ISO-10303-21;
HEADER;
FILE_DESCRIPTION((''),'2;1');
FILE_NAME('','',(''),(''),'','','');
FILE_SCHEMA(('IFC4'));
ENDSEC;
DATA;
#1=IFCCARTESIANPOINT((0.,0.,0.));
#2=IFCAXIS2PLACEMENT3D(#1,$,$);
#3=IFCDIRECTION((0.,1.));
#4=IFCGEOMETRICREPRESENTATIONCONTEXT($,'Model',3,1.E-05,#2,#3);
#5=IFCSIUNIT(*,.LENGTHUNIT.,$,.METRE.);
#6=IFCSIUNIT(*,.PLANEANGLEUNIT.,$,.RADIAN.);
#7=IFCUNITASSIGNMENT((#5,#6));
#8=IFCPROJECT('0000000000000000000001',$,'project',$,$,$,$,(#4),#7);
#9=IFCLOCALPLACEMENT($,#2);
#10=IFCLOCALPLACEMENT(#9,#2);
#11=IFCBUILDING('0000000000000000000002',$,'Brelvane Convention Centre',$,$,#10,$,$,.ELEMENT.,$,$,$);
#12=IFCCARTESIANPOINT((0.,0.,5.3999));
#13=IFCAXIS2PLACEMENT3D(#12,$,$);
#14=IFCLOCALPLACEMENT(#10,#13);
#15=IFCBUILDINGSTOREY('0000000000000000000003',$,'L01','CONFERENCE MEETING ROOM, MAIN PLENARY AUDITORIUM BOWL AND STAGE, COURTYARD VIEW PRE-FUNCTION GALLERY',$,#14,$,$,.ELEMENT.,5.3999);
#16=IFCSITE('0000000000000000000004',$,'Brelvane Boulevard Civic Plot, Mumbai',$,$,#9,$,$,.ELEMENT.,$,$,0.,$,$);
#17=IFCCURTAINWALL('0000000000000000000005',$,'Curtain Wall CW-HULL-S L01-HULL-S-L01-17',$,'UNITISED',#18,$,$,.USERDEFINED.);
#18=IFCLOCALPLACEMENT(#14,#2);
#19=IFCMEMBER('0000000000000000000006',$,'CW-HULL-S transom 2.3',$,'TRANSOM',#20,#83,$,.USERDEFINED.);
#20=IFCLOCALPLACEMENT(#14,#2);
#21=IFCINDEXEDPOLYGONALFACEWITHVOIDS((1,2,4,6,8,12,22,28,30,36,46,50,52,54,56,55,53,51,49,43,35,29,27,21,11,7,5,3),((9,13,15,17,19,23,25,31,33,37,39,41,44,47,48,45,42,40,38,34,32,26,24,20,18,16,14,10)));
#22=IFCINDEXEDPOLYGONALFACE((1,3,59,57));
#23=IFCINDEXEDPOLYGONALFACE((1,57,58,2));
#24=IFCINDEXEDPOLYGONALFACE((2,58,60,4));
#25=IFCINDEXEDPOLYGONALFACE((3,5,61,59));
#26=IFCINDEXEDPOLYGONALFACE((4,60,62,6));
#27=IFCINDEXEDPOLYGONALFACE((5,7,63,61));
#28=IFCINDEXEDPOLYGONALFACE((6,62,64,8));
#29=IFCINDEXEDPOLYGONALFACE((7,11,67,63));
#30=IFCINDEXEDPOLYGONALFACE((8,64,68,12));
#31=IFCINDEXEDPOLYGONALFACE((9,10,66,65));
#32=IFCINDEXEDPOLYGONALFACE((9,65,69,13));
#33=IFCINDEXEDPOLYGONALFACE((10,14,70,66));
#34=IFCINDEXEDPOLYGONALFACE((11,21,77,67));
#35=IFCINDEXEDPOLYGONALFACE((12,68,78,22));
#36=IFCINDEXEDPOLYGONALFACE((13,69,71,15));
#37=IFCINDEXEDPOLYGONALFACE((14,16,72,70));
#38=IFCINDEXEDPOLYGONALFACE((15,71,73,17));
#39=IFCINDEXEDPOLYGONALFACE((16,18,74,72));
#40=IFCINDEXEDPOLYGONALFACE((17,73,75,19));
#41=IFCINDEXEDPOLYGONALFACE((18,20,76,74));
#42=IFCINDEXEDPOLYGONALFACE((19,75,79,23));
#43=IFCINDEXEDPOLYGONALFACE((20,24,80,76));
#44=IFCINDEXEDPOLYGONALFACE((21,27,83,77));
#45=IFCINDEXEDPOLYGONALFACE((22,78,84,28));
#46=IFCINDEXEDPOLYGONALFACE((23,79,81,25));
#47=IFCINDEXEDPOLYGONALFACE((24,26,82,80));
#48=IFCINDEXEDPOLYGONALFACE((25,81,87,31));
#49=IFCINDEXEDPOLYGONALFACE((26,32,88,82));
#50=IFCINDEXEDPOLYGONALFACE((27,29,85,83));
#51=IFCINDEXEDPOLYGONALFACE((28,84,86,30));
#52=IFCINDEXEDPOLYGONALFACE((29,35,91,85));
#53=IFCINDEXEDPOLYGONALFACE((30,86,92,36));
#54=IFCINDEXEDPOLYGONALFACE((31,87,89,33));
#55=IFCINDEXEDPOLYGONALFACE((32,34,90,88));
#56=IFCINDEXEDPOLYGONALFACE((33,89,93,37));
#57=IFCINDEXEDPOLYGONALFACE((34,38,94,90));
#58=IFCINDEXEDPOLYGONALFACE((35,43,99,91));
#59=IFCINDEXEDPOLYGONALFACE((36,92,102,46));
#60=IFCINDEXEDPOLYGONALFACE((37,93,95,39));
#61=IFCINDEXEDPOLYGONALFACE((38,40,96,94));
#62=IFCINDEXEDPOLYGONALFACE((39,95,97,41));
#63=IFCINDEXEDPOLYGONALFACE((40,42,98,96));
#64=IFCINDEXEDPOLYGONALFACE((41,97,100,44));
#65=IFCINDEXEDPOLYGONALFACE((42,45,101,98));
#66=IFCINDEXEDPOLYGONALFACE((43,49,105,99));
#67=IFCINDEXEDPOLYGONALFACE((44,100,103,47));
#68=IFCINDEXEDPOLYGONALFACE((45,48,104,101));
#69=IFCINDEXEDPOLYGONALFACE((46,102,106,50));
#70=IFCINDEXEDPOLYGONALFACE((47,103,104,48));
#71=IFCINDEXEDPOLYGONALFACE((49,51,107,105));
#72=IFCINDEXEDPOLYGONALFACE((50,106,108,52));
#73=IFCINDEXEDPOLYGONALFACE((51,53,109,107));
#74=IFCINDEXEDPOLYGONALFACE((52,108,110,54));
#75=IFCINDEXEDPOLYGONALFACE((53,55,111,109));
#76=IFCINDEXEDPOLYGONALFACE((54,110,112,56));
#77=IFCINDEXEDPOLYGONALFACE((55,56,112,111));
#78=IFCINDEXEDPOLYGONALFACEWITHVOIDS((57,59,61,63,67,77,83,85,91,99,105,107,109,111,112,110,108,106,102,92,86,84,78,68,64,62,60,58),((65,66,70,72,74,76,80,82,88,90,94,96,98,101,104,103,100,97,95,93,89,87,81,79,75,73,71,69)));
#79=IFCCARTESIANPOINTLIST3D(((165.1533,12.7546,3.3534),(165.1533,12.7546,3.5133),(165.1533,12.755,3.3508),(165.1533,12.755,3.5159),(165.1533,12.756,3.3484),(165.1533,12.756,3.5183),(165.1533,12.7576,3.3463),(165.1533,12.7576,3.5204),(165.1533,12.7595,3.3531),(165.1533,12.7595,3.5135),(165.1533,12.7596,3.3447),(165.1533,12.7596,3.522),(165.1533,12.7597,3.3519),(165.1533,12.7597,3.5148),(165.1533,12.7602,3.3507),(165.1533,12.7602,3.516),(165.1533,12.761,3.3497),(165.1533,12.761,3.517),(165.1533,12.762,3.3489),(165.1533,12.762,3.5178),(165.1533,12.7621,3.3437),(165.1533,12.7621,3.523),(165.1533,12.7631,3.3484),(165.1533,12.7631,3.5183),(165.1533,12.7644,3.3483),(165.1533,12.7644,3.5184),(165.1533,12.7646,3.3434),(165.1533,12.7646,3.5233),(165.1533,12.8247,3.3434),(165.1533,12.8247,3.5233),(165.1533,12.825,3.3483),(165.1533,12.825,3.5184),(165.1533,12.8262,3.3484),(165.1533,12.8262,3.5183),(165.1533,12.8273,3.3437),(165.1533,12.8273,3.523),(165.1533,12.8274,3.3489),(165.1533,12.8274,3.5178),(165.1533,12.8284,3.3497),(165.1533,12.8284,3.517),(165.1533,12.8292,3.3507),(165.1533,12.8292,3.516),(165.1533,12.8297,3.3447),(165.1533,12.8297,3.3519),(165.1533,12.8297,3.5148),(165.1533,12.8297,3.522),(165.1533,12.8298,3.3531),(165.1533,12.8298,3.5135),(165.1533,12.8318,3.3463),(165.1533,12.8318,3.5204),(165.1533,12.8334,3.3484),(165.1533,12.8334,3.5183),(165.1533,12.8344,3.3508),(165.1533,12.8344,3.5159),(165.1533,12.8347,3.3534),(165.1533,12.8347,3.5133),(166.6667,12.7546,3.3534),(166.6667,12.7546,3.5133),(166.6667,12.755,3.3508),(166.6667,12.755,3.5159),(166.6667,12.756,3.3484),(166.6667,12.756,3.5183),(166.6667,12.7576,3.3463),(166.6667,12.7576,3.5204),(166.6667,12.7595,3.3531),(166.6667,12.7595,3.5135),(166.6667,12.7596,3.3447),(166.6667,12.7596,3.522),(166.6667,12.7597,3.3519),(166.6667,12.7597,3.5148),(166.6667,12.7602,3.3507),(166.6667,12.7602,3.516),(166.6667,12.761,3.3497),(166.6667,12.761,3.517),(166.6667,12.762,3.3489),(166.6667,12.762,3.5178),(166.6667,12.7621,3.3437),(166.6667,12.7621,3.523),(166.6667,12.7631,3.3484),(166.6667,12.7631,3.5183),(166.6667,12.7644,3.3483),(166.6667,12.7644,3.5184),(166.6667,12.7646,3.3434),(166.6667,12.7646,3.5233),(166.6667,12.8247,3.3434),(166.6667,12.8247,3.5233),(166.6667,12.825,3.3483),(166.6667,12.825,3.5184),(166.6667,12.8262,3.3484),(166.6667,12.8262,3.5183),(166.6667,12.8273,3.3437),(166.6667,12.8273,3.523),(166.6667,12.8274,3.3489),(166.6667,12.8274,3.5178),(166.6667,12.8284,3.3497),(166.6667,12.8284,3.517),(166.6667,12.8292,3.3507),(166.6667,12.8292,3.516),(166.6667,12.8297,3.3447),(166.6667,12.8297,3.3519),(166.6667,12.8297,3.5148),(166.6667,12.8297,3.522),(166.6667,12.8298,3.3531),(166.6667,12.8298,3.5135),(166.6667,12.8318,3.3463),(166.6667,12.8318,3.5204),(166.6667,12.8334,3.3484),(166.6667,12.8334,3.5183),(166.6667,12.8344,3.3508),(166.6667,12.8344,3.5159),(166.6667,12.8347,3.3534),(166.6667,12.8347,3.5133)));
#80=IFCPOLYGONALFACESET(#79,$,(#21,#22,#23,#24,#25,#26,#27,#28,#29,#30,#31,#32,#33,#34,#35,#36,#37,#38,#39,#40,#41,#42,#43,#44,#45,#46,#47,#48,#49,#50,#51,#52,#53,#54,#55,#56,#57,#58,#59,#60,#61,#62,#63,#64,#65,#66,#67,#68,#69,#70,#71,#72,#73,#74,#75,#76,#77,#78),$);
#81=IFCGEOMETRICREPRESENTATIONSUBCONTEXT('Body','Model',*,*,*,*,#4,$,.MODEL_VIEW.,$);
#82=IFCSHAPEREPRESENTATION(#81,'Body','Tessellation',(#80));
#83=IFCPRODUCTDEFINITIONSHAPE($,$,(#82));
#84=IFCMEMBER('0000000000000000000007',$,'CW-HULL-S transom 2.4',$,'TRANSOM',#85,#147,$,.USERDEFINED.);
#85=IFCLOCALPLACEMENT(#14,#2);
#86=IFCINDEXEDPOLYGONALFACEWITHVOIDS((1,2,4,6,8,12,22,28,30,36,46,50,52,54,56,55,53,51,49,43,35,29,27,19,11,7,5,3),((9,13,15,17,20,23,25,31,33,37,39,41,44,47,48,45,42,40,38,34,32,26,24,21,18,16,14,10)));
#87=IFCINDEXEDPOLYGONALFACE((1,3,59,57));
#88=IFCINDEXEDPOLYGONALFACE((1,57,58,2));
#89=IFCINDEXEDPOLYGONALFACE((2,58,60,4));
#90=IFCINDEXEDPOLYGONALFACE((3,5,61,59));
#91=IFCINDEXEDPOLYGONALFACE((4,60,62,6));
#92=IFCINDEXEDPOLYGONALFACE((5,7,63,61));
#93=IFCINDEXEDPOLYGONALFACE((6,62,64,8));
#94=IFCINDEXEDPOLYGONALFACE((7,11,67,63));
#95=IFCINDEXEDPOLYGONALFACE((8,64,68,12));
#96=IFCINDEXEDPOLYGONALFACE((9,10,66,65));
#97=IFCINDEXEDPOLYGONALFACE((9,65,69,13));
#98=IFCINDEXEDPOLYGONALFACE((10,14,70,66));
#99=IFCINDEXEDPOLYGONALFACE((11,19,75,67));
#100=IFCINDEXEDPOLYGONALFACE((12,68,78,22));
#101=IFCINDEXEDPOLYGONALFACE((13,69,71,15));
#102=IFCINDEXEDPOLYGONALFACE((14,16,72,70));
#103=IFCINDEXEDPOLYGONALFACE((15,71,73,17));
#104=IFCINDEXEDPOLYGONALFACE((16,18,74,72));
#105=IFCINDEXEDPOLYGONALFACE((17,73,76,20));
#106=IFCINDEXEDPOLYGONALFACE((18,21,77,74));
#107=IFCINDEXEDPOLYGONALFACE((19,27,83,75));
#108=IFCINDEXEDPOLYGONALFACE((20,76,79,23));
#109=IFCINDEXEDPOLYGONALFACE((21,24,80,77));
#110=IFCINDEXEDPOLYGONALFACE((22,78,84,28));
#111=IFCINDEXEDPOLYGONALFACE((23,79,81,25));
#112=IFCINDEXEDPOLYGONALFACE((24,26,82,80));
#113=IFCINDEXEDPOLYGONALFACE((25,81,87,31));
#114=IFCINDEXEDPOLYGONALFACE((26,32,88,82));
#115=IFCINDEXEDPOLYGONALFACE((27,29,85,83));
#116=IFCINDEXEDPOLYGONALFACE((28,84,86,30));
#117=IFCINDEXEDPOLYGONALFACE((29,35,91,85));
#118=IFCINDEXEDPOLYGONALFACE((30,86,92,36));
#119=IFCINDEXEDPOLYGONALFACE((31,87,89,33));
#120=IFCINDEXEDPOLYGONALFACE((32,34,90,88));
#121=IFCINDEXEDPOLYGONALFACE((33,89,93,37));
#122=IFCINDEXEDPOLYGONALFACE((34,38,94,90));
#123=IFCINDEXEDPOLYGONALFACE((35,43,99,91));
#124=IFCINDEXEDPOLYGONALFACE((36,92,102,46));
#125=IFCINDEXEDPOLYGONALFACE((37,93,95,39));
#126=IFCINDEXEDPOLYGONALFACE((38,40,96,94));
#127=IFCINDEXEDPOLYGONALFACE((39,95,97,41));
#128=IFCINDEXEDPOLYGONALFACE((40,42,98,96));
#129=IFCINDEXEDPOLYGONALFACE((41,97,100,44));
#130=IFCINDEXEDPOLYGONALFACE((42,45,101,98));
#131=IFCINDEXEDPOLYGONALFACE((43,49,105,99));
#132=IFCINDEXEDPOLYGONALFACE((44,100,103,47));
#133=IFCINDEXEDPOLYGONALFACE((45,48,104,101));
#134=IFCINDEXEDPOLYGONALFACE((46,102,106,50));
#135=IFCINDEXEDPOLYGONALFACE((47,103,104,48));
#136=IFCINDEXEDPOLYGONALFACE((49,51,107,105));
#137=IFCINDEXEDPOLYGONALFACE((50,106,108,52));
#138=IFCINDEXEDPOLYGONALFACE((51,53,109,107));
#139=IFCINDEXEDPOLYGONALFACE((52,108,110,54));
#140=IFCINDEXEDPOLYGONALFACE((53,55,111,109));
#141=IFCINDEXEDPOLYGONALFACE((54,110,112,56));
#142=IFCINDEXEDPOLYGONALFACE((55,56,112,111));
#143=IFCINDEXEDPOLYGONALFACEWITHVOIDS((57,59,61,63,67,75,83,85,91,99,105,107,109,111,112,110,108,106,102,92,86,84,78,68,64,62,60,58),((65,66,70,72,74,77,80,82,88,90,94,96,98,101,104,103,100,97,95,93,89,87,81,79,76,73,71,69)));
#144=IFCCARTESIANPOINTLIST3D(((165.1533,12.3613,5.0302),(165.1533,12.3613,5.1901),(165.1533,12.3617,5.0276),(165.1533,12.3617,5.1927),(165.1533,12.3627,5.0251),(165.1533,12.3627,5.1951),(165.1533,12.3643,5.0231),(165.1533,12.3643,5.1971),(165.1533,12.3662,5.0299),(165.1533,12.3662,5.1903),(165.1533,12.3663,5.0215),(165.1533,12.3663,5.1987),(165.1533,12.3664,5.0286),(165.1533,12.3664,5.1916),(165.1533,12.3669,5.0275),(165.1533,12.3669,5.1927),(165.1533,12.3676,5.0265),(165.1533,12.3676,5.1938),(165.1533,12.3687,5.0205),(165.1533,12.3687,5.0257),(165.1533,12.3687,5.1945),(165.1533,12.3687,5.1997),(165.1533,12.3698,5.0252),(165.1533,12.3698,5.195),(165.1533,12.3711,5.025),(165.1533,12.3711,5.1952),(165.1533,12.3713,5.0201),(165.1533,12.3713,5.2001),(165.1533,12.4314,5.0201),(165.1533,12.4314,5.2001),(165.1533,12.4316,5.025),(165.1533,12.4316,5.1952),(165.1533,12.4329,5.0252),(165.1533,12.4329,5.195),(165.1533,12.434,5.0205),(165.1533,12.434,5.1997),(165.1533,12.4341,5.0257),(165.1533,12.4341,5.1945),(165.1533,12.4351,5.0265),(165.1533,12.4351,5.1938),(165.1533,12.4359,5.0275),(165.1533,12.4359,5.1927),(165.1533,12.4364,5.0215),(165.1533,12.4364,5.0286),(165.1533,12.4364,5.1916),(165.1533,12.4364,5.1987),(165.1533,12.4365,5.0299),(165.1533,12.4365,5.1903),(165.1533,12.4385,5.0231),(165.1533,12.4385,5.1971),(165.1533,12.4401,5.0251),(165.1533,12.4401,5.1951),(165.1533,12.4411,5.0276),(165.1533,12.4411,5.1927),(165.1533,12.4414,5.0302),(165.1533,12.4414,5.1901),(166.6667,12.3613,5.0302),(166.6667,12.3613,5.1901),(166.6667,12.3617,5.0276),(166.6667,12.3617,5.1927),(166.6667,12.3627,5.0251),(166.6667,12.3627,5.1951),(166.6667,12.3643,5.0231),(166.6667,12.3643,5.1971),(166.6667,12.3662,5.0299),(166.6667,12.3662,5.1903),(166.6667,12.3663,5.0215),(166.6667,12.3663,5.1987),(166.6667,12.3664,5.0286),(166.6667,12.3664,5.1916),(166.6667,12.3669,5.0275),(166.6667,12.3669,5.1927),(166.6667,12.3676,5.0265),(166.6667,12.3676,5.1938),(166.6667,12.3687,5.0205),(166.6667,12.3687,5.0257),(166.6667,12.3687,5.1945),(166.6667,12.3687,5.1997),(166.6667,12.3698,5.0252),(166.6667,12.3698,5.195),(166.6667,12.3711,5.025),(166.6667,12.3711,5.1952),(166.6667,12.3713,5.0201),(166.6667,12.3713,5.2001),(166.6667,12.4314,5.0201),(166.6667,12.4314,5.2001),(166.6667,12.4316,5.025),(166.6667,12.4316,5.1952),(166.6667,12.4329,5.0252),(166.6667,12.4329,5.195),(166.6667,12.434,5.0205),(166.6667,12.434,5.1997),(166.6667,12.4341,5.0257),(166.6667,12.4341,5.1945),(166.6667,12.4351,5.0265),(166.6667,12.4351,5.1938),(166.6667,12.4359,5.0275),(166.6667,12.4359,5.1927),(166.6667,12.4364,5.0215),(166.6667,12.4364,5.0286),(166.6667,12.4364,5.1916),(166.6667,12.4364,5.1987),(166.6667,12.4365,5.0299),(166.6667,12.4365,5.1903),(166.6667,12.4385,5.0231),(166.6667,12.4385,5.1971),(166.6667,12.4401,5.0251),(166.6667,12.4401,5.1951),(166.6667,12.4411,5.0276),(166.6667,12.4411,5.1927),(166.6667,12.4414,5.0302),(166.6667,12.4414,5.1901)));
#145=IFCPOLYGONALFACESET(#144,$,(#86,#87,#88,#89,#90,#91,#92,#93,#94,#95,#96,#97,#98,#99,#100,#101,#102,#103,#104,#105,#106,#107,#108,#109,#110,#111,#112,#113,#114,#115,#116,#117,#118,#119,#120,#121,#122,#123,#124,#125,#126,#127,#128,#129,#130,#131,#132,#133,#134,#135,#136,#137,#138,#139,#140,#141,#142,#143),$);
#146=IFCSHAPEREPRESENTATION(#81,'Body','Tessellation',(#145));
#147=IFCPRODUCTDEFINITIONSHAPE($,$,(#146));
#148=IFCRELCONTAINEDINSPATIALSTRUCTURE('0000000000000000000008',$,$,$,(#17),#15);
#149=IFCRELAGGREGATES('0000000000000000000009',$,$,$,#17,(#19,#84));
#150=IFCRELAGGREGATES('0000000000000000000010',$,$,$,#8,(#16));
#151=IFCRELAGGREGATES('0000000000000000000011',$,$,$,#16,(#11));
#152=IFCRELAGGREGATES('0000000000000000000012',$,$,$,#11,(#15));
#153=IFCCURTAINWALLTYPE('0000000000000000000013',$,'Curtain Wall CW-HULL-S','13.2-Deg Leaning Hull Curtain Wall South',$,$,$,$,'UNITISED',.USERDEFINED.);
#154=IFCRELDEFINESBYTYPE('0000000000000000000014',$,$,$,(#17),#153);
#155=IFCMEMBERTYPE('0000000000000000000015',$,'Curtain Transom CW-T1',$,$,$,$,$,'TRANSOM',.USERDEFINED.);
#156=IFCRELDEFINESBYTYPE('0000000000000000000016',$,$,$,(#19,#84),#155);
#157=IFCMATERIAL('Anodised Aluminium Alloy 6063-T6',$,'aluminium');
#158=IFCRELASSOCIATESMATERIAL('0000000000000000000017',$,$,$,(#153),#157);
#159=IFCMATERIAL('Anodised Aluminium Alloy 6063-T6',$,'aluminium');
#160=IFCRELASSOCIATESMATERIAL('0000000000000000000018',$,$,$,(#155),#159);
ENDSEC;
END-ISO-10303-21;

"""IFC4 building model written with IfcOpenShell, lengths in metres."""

from ifc_helpers import new_model, si_unit, direction, frame, origin, origin_2d, place, context, subcontext, project, spatial, hollow_rectangle, extrude, material, material_profile, profile_set, type_object, element, aggregate, save


model = new_model("IFC4")

# Units and contexts
model_context = context("Model", 3, precision=1e-05, world=origin(), true_north=direction((0.0, 1.0)))
body_context = subcontext(model_context, "Body", "Model", "MODEL_VIEW")
ifc_project = project(units=[si_unit("LENGTHUNIT", "METRE"), si_unit("PLANEANGLEUNIT", "RADIAN")], contexts=[model_context])

# Site, building, storey
site_placement = place(None, origin())
site = spatial("IfcSite", under=ifc_project, at=site_placement, Name="Brelvane Boulevard Civic Plot, Mumbai", CompositionType="ELEMENT", RefElevation=0.0)
building_placement = place(site_placement, origin())
building = spatial("IfcBuilding", under=site, at=building_placement, Name="Brelvane Convention Centre", CompositionType="ELEMENT")
storey_placement = place(building_placement, frame((0.0, 0.0, 5.3999)))
storey = spatial("IfcBuildingStorey", under=building, at=storey_placement, Name="L01", Description="CONFERENCE MEETING ROOM, MAIN PLENARY AUDITORIUM BOWL AND STAGE, COURTYARD VIEW PRE-FUNCTION GALLERY", CompositionType="ELEMENT", Elevation=5.3999)

# Curtain wall, members
ifc_material_1 = material(Name="Anodised Aluminium Alloy 6063-T6", Category="aluminium")
curtain_wall_type = type_object("IfcCurtainWallType", Name="Curtain Wall CW-HULL-S", Description="13.2-Deg Leaning Hull Curtain Wall South", ElementType="UNITISED", PredefinedType="USERDEFINED", material=ifc_material_1)
ifc_material_2 = material(Name="Anodised Aluminium Alloy 6063-T6", Category="aluminium")
ifc_material_profile = material_profile(ifc_material_2, hollow_rectangle(XDim=0.0801, YDim=0.1799, WallThickness=0.0049, InnerFilletRadius=0.0049, OuterFilletRadius=0.01, at=origin_2d()), Name="ALU-T 180x80x5.0")
ifc_profile_set = profile_set([ifc_material_profile], Name="Anodised Aluminium Alloy 6063-T6")
member_type = type_object("IfcMemberType", Name="Curtain Transom CW-T1", ElementType="TRANSOM", PredefinedType="USERDEFINED", material=ifc_profile_set)
curtain_wall_1_placement = place(storey_placement, origin())
curtain_wall_1 = element("IfcCurtainWall", 1, at=curtain_wall_1_placement, inside=storey, type_object=curtain_wall_type, Name="Curtain Wall CW-HULL-S L01-HULL-S-L01-17", ObjectType="UNITISED", PredefinedType="USERDEFINED")
member_1_placement = place(storey_placement, frame((165.1533, 12.7947, 3.4333), z_axis=(1.0, 0.0, 0.0), x_axis=(0.0, 1.0, 0.0)))
member_1 = element("IfcMember", 2, at=member_1_placement, type_object=member_type, Name="CW-HULL-S transom 2.3", ObjectType="TRANSOM", PredefinedType="USERDEFINED", context=body_context, shape_type="SweptSolid", body=[
    extrude(hollow_rectangle(XDim=0.0801, YDim=0.1799, WallThickness=0.0049, InnerFilletRadius=0.0049, OuterFilletRadius=0.01, at=origin_2d()), origin(), (0.0, 0.0, 1.0), 1.5134),
])
member_2_placement = place(storey_placement, frame((165.1533, 12.4014, 5.1101), z_axis=(1.0, 0.0, 0.0), x_axis=(0.0, 1.0, 0.0)))
member_2 = element("IfcMember", 3, at=member_2_placement, type_object=member_type, Name="CW-HULL-S transom 2.4", ObjectType="TRANSOM", PredefinedType="USERDEFINED", context=body_context, shape_type="SweptSolid", body=[
    extrude(hollow_rectangle(XDim=0.0801, YDim=0.1799, WallThickness=0.0049, InnerFilletRadius=0.0049, OuterFilletRadius=0.01, at=origin_2d()), origin(), (0.0, 0.0, 1.0), 1.5134),
])

aggregate(curtain_wall_1, [member_1, member_2])

save(model, "model.ifc")
